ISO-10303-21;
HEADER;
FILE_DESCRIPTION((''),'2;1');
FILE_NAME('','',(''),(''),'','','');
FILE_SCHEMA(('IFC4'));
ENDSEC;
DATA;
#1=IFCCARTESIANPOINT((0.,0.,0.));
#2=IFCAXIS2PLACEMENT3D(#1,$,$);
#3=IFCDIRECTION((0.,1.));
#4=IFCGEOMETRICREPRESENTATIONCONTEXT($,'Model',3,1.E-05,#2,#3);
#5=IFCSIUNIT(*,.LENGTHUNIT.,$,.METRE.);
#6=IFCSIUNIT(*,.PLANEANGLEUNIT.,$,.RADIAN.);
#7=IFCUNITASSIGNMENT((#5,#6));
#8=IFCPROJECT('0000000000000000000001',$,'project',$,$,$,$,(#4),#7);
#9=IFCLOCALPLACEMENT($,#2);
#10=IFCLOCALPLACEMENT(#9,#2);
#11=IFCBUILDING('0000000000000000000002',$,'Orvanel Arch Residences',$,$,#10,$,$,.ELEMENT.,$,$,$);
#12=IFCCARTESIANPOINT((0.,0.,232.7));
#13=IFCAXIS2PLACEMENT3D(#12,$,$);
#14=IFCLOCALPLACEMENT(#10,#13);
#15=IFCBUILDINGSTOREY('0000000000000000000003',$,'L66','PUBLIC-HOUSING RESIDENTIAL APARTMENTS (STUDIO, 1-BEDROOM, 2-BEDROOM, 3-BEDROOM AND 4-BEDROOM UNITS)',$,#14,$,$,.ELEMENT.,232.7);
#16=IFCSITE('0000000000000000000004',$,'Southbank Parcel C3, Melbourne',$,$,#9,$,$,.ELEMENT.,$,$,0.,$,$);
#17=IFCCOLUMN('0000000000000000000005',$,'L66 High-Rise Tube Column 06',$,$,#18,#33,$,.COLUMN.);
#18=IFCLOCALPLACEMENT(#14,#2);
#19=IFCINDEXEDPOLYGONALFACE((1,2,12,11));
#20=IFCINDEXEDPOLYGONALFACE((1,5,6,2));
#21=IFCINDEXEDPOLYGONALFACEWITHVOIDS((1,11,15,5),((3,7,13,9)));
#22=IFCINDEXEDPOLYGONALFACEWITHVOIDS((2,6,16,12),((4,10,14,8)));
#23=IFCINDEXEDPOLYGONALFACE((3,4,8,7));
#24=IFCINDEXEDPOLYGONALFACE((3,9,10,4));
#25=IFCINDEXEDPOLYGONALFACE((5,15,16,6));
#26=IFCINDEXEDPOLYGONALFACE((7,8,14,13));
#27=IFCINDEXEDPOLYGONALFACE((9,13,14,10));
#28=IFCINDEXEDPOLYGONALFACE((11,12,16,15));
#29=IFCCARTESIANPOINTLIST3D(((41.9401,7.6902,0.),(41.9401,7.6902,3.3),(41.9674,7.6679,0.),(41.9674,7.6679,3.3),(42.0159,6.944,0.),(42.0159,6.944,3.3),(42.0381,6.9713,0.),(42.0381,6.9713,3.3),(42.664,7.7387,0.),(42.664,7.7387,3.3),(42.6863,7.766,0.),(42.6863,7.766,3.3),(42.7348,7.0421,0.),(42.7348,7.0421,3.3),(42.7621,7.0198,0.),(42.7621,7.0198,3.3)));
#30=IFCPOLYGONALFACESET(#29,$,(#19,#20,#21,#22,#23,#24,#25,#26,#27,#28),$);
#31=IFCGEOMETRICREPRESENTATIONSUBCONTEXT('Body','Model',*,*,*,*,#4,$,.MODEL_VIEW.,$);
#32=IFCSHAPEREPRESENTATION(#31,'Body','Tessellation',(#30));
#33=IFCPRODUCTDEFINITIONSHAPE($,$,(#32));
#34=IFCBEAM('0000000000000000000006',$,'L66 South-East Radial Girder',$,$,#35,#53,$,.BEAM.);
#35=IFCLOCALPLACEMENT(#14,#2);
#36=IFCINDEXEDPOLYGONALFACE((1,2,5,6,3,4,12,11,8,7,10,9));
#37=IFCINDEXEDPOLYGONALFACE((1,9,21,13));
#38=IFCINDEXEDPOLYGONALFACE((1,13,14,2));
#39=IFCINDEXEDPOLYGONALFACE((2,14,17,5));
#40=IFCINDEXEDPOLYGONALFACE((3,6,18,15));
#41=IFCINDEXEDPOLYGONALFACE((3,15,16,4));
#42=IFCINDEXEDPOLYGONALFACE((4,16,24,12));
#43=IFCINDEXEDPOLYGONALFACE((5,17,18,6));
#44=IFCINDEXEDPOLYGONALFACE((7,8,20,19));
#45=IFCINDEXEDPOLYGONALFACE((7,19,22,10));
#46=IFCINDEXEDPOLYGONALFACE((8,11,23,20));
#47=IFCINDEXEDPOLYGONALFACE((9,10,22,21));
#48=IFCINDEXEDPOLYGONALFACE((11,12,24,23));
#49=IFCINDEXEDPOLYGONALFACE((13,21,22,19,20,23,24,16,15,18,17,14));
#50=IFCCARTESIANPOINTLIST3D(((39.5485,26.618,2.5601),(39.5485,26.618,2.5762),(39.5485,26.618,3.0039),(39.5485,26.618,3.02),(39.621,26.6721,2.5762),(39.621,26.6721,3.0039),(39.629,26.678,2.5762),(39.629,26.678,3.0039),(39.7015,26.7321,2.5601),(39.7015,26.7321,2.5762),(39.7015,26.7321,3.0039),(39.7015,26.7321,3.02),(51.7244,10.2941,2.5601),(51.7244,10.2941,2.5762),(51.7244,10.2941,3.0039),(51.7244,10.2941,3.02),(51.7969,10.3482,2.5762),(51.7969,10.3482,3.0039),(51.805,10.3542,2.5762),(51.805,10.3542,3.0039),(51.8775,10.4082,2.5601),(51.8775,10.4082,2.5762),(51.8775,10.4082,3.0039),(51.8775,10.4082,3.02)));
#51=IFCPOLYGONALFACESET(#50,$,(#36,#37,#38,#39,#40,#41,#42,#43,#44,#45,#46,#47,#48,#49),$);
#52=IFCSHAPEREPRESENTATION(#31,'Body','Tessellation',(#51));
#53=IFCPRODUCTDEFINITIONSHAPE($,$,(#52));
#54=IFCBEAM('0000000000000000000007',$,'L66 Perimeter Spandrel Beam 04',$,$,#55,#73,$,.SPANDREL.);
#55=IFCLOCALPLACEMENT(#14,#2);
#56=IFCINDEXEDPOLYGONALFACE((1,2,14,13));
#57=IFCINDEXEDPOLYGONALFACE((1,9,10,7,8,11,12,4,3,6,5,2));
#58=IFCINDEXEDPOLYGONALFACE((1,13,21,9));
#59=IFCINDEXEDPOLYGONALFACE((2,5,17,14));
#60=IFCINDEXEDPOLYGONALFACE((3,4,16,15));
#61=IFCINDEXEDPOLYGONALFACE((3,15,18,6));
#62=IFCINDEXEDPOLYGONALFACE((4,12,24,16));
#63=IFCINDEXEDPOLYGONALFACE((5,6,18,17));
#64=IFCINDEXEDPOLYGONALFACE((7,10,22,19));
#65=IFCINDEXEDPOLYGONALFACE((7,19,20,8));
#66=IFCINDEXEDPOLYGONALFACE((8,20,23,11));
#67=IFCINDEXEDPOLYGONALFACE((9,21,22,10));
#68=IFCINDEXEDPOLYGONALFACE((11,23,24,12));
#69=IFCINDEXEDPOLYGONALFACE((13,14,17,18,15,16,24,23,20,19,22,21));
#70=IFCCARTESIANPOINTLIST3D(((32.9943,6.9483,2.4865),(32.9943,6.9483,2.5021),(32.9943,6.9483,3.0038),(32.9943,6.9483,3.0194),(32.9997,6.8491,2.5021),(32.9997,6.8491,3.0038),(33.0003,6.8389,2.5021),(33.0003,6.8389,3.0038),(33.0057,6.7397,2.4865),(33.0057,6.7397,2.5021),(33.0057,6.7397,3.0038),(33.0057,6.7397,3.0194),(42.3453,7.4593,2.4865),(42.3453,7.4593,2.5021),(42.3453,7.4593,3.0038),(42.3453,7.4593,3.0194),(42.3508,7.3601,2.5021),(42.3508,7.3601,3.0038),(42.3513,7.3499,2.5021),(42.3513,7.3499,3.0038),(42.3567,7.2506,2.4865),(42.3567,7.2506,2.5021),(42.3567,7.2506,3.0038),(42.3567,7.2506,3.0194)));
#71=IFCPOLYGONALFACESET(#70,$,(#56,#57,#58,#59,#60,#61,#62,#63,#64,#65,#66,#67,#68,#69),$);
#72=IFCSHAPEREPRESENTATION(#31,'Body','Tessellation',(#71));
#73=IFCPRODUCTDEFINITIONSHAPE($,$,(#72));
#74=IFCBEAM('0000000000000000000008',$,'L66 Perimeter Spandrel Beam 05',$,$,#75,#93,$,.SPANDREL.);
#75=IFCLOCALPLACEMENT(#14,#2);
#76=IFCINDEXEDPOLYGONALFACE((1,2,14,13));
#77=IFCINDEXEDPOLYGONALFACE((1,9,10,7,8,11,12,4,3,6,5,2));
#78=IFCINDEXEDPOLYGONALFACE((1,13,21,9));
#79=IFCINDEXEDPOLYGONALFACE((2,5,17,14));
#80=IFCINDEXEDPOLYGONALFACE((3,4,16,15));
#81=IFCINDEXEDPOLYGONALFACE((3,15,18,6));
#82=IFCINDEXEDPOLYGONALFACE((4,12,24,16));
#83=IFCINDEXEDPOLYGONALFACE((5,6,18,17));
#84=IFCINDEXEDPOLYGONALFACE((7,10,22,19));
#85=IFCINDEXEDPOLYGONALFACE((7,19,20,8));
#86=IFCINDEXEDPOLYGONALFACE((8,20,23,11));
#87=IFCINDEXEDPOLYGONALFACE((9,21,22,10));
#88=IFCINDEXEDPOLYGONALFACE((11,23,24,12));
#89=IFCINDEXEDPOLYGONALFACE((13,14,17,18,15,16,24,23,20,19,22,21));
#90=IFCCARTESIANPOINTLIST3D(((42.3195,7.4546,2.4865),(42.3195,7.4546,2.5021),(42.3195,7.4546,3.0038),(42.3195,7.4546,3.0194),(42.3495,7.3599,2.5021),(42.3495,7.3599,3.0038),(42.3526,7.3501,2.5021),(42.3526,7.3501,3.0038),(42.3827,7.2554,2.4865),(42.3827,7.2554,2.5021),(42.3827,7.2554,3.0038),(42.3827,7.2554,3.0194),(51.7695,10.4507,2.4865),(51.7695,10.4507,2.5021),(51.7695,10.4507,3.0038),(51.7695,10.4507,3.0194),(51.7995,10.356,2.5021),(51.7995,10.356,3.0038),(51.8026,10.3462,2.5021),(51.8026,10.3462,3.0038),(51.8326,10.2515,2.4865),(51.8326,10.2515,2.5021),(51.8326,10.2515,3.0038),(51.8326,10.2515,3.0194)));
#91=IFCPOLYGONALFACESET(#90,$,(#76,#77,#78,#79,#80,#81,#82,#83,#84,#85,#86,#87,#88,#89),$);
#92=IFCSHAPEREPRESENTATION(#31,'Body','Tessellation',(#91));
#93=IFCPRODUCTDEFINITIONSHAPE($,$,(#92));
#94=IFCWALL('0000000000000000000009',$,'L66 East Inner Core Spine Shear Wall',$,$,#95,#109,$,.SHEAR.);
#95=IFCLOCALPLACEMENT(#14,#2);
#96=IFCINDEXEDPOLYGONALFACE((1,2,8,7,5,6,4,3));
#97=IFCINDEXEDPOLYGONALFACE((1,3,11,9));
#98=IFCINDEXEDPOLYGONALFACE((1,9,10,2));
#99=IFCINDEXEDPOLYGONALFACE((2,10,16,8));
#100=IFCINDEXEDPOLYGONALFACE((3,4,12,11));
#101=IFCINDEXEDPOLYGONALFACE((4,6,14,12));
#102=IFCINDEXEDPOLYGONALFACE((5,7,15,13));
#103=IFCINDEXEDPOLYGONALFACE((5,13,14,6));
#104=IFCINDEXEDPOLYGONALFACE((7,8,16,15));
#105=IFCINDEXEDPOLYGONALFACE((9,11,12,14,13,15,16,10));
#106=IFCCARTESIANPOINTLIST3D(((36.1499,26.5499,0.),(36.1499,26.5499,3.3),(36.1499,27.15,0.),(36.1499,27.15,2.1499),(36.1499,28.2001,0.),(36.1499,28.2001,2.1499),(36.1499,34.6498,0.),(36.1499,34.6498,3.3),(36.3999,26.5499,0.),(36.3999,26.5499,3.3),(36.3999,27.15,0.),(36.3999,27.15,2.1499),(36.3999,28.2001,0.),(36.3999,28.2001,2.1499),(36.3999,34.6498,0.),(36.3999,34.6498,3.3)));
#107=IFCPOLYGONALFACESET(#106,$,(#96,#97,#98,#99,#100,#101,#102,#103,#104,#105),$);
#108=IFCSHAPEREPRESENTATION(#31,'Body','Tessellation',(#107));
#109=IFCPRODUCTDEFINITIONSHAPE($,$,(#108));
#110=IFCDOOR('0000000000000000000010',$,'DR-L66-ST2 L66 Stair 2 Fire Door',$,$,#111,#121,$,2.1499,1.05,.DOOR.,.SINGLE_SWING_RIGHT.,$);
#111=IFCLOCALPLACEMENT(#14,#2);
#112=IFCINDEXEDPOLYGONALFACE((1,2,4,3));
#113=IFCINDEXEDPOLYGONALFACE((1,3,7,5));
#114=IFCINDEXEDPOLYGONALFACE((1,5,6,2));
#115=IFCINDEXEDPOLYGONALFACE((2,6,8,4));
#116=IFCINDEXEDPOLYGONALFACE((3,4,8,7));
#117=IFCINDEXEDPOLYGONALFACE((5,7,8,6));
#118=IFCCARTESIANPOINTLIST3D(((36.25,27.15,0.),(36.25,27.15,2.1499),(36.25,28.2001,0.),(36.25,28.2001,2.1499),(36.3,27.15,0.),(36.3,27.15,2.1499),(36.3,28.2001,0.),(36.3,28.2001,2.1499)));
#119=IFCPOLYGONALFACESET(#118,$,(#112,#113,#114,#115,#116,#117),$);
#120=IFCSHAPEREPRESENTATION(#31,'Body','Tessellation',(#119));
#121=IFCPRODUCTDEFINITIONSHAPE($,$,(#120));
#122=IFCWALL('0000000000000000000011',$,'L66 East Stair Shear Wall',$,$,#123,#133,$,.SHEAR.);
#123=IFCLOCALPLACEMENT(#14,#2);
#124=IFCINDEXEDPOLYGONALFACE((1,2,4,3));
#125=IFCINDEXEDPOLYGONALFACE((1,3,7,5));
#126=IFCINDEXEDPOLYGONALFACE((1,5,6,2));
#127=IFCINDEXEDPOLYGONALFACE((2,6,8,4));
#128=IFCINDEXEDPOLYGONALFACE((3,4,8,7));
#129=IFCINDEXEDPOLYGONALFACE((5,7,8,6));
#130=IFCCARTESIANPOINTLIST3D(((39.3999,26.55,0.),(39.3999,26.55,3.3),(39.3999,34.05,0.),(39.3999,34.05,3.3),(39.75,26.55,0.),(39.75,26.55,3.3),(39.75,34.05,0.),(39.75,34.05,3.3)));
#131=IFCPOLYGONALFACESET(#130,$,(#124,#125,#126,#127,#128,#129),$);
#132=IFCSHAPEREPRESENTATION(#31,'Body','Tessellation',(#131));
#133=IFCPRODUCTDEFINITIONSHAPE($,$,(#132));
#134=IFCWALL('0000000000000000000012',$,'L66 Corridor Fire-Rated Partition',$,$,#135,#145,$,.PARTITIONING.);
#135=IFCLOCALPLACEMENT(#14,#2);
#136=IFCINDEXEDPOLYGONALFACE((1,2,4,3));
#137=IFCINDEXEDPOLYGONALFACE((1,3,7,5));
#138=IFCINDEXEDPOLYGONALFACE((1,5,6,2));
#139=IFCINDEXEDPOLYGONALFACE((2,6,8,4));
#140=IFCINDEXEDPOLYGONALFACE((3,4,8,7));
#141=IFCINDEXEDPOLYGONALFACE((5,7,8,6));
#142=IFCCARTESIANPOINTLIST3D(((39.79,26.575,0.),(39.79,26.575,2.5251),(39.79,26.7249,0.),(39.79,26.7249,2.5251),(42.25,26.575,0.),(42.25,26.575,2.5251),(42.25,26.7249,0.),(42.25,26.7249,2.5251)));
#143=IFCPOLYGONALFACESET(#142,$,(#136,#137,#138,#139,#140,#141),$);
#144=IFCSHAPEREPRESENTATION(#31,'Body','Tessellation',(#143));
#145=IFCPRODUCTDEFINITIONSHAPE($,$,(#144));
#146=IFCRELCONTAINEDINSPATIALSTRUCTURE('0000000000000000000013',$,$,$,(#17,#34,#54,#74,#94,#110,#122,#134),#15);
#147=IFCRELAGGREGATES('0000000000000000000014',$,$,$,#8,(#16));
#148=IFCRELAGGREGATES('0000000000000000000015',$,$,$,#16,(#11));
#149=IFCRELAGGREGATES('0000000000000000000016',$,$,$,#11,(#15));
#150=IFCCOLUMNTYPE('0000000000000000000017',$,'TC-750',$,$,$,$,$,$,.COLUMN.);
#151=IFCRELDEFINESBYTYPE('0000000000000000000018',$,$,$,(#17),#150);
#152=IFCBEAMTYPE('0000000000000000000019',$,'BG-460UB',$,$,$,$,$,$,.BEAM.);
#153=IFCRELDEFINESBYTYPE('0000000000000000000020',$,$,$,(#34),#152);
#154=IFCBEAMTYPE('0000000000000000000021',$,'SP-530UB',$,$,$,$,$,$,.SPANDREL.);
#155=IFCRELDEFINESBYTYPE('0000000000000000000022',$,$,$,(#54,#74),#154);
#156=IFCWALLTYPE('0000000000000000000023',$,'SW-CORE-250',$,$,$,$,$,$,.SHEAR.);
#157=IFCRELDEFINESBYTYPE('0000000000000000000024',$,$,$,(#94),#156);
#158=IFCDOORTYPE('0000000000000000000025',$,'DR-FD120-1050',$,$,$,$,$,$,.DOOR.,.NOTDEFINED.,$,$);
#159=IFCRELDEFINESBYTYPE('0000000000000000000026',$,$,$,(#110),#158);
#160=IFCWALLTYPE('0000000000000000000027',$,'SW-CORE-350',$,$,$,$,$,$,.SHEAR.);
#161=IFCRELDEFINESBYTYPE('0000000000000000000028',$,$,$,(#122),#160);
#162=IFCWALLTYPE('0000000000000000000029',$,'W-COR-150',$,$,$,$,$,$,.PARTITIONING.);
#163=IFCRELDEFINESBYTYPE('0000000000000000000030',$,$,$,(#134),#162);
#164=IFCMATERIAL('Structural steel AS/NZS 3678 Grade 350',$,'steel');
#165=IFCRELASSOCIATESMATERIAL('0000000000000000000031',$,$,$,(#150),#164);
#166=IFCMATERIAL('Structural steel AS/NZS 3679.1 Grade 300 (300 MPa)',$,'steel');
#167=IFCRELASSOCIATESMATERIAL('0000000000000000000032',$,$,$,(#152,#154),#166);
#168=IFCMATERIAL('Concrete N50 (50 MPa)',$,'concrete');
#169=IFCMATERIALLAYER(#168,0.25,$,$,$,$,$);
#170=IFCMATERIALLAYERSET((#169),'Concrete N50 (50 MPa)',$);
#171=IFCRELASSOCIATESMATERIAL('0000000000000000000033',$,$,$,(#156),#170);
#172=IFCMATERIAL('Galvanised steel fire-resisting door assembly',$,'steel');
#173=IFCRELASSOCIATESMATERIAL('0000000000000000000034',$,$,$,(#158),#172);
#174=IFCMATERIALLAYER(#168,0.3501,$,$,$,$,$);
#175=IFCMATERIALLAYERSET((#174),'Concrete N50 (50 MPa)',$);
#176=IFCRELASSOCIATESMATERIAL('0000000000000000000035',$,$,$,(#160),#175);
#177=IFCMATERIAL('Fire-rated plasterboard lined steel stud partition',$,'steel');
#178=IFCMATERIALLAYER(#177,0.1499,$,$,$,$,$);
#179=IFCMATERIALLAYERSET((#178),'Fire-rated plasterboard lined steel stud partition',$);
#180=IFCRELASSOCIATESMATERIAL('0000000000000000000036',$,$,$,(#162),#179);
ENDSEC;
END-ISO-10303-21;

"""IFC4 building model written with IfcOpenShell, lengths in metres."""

from ifc_helpers import new_model, si_unit, direction, frame, frame_2d, origin, origin_2d, place, context, subcontext, project, spatial, rectangle, hollow_rectangle, i_section, extrude, material, layer, layer_set, material_profile, profile_set, type_object, element, fill, save


model = new_model("IFC4")

# Units and contexts
model_context = context("Model", 3, precision=1e-05, world=origin(), true_north=direction((0.0, 1.0)))
body_context = subcontext(model_context, "Body", "Model", "MODEL_VIEW")
ifc_project = project(units=[si_unit("LENGTHUNIT", "METRE"), si_unit("PLANEANGLEUNIT", "RADIAN")], contexts=[model_context])

# Site, building, storey
site_placement = place(None, origin())
site = spatial("IfcSite", under=ifc_project, at=site_placement, Name="Southbank Parcel C3, Melbourne", CompositionType="ELEMENT", RefElevation=0.0)
building_placement = place(site_placement, origin())
building = spatial("IfcBuilding", under=site, at=building_placement, Name="Orvanel Arch Residences", CompositionType="ELEMENT")
storey_placement = place(building_placement, frame((0.0, 0.0, 232.7)))
storey = spatial("IfcBuildingStorey", under=building, at=storey_placement, Name="L66", Description="PUBLIC-HOUSING RESIDENTIAL APARTMENTS (STUDIO, 1-BEDROOM, 2-BEDROOM, 3-BEDROOM AND 4-BEDROOM UNITS)", CompositionType="ELEMENT", Elevation=232.7)

# Column
ifc_material_1 = material(Name="Structural steel AS/NZS 3678 Grade 350", Category="steel")
ifc_material_profile_1 = material_profile(ifc_material_1, hollow_rectangle(XDim=0.75, YDim=0.75, WallThickness=0.0249, at=origin_2d()), Name="BOX750x750x25")
ifc_profile_set_1 = profile_set([ifc_material_profile_1], Name="Structural steel AS/NZS 3678 Grade 350")
column_type = type_object("IfcColumnType", Name="TC-750", PredefinedType="COLUMN", material=ifc_profile_set_1)
column_placement = place(storey_placement, frame((42.3511, 7.355, 0.0), z_axis=(0.0, 0.0, 1.0), x_axis=(0.994881, 0.101056, 0.0)))
element("IfcColumn", 1, at=column_placement, inside=storey, type_object=column_type, Name="L66 High-Rise Tube Column 06", PredefinedType="COLUMN", context=body_context, shape_type="SweptSolid", body=[
    extrude(hollow_rectangle(XDim=0.75, YDim=0.75, WallThickness=0.0249, at=origin_2d()), origin(), (0.0, 0.0, 1.0), 3.3),
])

# Beams
ifc_material_2 = material(Name="Structural steel AS/NZS 3679.1 Grade 300 (300 MPa)", Category="steel")
ifc_material_profile_2 = material_profile(ifc_material_2, i_section(OverallWidth=0.1909, OverallDepth=0.46, WebThickness=0.01, FlangeThickness=0.0161, at=origin_2d()), Name="460UB82.1")
ifc_profile_set_2 = profile_set([ifc_material_profile_2], Name="Structural steel AS/NZS 3679.1 Grade 300 (300 MPa)")
beam_type_1 = type_object("IfcBeamType", Name="BG-460UB", PredefinedType="BEAM", material=ifc_profile_set_2)
beam_1_placement = place(storey_placement, frame((39.625, 26.675, 2.79), z_axis=(0.597894, -0.801575, 0.0), x_axis=(0.801575, 0.597894, 0.0)))
element("IfcBeam", 2, at=beam_1_placement, inside=storey, type_object=beam_type_1, Name="L66 South-East Radial Girder", PredefinedType="BEAM", context=body_context, shape_type="SweptSolid", body=[
    extrude(i_section(OverallWidth=0.1909, OverallDepth=0.46, WebThickness=0.01, FlangeThickness=0.0161, at=origin_2d()), origin(), (0.0, 0.0, 1.0), 20.3647),
])
ifc_material_profile_3 = material_profile(ifc_material_2, i_section(OverallWidth=0.209, OverallDepth=0.533, WebThickness=0.0103, FlangeThickness=0.0156, at=origin_2d()), Name="530UB92.4")
ifc_profile_set_3 = profile_set([ifc_material_profile_3], Name="Structural steel AS/NZS 3679.1 Grade 300 (300 MPa)")
beam_type_2 = type_object("IfcBeamType", Name="SP-530UB", PredefinedType="SPANDREL", material=ifc_profile_set_3)
beam_2_placement = place(storey_placement, frame((33.0, 6.844, 2.7529), z_axis=(0.99851, 0.054563, 0.0), x_axis=(-0.054563, 0.99851, 0.0)))
element("IfcBeam", 3, at=beam_2_placement, inside=storey, type_object=beam_type_2, Name="L66 Perimeter Spandrel Beam 04", PredefinedType="SPANDREL", context=body_context, shape_type="SweptSolid", body=[
    extrude(i_section(OverallWidth=0.209, OverallDepth=0.533, WebThickness=0.0103, FlangeThickness=0.0156, at=origin_2d()), origin(), (0.0, 0.0, 1.0), 9.365),
])
beam_3_placement = place(storey_placement, frame((42.3511, 7.355, 2.7529), z_axis=(0.953237, 0.302223, 0.0), x_axis=(-0.302223, 0.953237, 0.0)))
element("IfcBeam", 4, at=beam_3_placement, inside=storey, type_object=beam_type_2, Name="L66 Perimeter Spandrel Beam 05", PredefinedType="SPANDREL", context=body_context, shape_type="SweptSolid", body=[
    extrude(i_section(OverallWidth=0.209, OverallDepth=0.533, WebThickness=0.0103, FlangeThickness=0.0156, at=origin_2d()), origin(), (0.0, 0.0, 1.0), 9.9136),
])

# Wall, opening, door
ifc_material_3 = material(Name="Concrete N50 (50 MPa)", Category="concrete")
ifc_layer_1 = layer(ifc_material_3, 0.25)
ifc_layer_set_1 = layer_set([ifc_layer_1], Name="Concrete N50 (50 MPa)")
wall_type_1 = type_object("IfcWallType", Name="SW-CORE-250", PredefinedType="SHEAR", material=ifc_layer_set_1)
wall_1_placement = place(storey_placement, frame((36.2749, 26.55, 0.0), z_axis=(0.0, 0.0, 1.0), x_axis=(0.0, 1.0, 0.0)))
wall_1 = element("IfcWall", 5, at=wall_1_placement, inside=storey, type_object=wall_type_1, Name="L66 East Inner Core Spine Shear Wall", PredefinedType="SHEAR", context=body_context, shape_type="SweptSolid", body=[
    extrude(rectangle(XDim=8.0999, YDim=0.25, at=frame_2d((4.0498, 0.0))), origin(), (0.0, 0.0, 1.0), 3.3),
])
opening_1_placement = place(wall_1_placement, frame((0.6001, 0.0, 0.0)))
opening_1 = element("IfcOpeningElement", 6, at=opening_1_placement, cuts=wall_1, PredefinedType="OPENING", context=body_context, shape_type="SweptSolid", body=[
    extrude(rectangle(XDim=1.05, YDim=2.1499, at=frame_2d((0.5249, 1.075))), frame((0.0, 0.135, 0.0), z_axis=(0.0, -1.0, 0.0), x_axis=(1.0, 0.0, 0.0)), (0.0, 0.0, 1.0), 0.27),
])
ifc_material_4 = material(Name="Galvanised steel fire-resisting door assembly", Category="steel")
door_type_1 = type_object("IfcDoorType", Name="DR-FD120-1050", OperationType="NOTDEFINED", PredefinedType="DOOR", material=ifc_material_4)
door_1_placement = place(opening_1_placement, origin())
door_1 = element("IfcDoor", 7, at=door_1_placement, inside=storey, type_object=door_type_1, Name="DR-L66-ST2 L66 Stair 2 Fire Door", OperationType="SINGLE_SWING_RIGHT", OverallHeight=2.1499, OverallWidth=1.05, PredefinedType="DOOR", context=body_context, shape_type="SweptSolid", body=[
    extrude(rectangle(XDim=1.05, YDim=2.1499, at=frame_2d((0.5249, 1.075))), frame((0.0, 0.0249, 0.0), z_axis=(0.0, -1.0, 0.0), x_axis=(1.0, 0.0, 0.0)), (0.0, 0.0, 1.0), 0.05),
])
fill(opening_1, door_1)

# Wall
ifc_layer_2 = layer(ifc_material_3, 0.3501)
ifc_layer_set_2 = layer_set([ifc_layer_2], Name="Concrete N50 (50 MPa)")
wall_type_2 = type_object("IfcWallType", Name="SW-CORE-350", PredefinedType="SHEAR", material=ifc_layer_set_2)
wall_2_placement = place(storey_placement, frame((39.575, 26.55, 0.0), z_axis=(0.0, 0.0, 1.0), x_axis=(0.0, 1.0, 0.0)))
element("IfcWall", 8, at=wall_2_placement, inside=storey, type_object=wall_type_2, Name="L66 East Stair Shear Wall", PredefinedType="SHEAR", context=body_context, shape_type="SweptSolid", body=[
    extrude(rectangle(XDim=7.5, YDim=0.3501, at=frame_2d((3.75, 0.0))), origin(), (0.0, 0.0, 1.0), 3.3),
])

# Shared definitions
ifc_material_5 = material(Name="Fire-rated plasterboard lined steel stud partition", Category="steel")
ifc_layer_3 = layer(ifc_material_5, 0.1499)
ifc_layer_set_3 = layer_set([ifc_layer_3], Name="Fire-rated plasterboard lined steel stud partition")
wall_type_3 = type_object("IfcWallType", Name="W-COR-150", PredefinedType="PARTITIONING", material=ifc_layer_set_3)

# Wall
wall_3_placement = place(storey_placement, frame((39.79, 26.6499, 0.0), z_axis=(0.0, 0.0, 1.0), x_axis=(1.0, 0.0, 0.0)))
element("IfcWall", 9, at=wall_3_placement, inside=storey, type_object=wall_type_3, Name="L66 Corridor Fire-Rated Partition", PredefinedType="PARTITIONING", context=body_context, shape_type="SweptSolid", body=[
    extrude(rectangle(XDim=2.46, YDim=0.1499, at=frame_2d((1.23, 0.0))), origin(), (0.0, 0.0, 1.0), 2.5251),
])

save(model, "model.ifc")
